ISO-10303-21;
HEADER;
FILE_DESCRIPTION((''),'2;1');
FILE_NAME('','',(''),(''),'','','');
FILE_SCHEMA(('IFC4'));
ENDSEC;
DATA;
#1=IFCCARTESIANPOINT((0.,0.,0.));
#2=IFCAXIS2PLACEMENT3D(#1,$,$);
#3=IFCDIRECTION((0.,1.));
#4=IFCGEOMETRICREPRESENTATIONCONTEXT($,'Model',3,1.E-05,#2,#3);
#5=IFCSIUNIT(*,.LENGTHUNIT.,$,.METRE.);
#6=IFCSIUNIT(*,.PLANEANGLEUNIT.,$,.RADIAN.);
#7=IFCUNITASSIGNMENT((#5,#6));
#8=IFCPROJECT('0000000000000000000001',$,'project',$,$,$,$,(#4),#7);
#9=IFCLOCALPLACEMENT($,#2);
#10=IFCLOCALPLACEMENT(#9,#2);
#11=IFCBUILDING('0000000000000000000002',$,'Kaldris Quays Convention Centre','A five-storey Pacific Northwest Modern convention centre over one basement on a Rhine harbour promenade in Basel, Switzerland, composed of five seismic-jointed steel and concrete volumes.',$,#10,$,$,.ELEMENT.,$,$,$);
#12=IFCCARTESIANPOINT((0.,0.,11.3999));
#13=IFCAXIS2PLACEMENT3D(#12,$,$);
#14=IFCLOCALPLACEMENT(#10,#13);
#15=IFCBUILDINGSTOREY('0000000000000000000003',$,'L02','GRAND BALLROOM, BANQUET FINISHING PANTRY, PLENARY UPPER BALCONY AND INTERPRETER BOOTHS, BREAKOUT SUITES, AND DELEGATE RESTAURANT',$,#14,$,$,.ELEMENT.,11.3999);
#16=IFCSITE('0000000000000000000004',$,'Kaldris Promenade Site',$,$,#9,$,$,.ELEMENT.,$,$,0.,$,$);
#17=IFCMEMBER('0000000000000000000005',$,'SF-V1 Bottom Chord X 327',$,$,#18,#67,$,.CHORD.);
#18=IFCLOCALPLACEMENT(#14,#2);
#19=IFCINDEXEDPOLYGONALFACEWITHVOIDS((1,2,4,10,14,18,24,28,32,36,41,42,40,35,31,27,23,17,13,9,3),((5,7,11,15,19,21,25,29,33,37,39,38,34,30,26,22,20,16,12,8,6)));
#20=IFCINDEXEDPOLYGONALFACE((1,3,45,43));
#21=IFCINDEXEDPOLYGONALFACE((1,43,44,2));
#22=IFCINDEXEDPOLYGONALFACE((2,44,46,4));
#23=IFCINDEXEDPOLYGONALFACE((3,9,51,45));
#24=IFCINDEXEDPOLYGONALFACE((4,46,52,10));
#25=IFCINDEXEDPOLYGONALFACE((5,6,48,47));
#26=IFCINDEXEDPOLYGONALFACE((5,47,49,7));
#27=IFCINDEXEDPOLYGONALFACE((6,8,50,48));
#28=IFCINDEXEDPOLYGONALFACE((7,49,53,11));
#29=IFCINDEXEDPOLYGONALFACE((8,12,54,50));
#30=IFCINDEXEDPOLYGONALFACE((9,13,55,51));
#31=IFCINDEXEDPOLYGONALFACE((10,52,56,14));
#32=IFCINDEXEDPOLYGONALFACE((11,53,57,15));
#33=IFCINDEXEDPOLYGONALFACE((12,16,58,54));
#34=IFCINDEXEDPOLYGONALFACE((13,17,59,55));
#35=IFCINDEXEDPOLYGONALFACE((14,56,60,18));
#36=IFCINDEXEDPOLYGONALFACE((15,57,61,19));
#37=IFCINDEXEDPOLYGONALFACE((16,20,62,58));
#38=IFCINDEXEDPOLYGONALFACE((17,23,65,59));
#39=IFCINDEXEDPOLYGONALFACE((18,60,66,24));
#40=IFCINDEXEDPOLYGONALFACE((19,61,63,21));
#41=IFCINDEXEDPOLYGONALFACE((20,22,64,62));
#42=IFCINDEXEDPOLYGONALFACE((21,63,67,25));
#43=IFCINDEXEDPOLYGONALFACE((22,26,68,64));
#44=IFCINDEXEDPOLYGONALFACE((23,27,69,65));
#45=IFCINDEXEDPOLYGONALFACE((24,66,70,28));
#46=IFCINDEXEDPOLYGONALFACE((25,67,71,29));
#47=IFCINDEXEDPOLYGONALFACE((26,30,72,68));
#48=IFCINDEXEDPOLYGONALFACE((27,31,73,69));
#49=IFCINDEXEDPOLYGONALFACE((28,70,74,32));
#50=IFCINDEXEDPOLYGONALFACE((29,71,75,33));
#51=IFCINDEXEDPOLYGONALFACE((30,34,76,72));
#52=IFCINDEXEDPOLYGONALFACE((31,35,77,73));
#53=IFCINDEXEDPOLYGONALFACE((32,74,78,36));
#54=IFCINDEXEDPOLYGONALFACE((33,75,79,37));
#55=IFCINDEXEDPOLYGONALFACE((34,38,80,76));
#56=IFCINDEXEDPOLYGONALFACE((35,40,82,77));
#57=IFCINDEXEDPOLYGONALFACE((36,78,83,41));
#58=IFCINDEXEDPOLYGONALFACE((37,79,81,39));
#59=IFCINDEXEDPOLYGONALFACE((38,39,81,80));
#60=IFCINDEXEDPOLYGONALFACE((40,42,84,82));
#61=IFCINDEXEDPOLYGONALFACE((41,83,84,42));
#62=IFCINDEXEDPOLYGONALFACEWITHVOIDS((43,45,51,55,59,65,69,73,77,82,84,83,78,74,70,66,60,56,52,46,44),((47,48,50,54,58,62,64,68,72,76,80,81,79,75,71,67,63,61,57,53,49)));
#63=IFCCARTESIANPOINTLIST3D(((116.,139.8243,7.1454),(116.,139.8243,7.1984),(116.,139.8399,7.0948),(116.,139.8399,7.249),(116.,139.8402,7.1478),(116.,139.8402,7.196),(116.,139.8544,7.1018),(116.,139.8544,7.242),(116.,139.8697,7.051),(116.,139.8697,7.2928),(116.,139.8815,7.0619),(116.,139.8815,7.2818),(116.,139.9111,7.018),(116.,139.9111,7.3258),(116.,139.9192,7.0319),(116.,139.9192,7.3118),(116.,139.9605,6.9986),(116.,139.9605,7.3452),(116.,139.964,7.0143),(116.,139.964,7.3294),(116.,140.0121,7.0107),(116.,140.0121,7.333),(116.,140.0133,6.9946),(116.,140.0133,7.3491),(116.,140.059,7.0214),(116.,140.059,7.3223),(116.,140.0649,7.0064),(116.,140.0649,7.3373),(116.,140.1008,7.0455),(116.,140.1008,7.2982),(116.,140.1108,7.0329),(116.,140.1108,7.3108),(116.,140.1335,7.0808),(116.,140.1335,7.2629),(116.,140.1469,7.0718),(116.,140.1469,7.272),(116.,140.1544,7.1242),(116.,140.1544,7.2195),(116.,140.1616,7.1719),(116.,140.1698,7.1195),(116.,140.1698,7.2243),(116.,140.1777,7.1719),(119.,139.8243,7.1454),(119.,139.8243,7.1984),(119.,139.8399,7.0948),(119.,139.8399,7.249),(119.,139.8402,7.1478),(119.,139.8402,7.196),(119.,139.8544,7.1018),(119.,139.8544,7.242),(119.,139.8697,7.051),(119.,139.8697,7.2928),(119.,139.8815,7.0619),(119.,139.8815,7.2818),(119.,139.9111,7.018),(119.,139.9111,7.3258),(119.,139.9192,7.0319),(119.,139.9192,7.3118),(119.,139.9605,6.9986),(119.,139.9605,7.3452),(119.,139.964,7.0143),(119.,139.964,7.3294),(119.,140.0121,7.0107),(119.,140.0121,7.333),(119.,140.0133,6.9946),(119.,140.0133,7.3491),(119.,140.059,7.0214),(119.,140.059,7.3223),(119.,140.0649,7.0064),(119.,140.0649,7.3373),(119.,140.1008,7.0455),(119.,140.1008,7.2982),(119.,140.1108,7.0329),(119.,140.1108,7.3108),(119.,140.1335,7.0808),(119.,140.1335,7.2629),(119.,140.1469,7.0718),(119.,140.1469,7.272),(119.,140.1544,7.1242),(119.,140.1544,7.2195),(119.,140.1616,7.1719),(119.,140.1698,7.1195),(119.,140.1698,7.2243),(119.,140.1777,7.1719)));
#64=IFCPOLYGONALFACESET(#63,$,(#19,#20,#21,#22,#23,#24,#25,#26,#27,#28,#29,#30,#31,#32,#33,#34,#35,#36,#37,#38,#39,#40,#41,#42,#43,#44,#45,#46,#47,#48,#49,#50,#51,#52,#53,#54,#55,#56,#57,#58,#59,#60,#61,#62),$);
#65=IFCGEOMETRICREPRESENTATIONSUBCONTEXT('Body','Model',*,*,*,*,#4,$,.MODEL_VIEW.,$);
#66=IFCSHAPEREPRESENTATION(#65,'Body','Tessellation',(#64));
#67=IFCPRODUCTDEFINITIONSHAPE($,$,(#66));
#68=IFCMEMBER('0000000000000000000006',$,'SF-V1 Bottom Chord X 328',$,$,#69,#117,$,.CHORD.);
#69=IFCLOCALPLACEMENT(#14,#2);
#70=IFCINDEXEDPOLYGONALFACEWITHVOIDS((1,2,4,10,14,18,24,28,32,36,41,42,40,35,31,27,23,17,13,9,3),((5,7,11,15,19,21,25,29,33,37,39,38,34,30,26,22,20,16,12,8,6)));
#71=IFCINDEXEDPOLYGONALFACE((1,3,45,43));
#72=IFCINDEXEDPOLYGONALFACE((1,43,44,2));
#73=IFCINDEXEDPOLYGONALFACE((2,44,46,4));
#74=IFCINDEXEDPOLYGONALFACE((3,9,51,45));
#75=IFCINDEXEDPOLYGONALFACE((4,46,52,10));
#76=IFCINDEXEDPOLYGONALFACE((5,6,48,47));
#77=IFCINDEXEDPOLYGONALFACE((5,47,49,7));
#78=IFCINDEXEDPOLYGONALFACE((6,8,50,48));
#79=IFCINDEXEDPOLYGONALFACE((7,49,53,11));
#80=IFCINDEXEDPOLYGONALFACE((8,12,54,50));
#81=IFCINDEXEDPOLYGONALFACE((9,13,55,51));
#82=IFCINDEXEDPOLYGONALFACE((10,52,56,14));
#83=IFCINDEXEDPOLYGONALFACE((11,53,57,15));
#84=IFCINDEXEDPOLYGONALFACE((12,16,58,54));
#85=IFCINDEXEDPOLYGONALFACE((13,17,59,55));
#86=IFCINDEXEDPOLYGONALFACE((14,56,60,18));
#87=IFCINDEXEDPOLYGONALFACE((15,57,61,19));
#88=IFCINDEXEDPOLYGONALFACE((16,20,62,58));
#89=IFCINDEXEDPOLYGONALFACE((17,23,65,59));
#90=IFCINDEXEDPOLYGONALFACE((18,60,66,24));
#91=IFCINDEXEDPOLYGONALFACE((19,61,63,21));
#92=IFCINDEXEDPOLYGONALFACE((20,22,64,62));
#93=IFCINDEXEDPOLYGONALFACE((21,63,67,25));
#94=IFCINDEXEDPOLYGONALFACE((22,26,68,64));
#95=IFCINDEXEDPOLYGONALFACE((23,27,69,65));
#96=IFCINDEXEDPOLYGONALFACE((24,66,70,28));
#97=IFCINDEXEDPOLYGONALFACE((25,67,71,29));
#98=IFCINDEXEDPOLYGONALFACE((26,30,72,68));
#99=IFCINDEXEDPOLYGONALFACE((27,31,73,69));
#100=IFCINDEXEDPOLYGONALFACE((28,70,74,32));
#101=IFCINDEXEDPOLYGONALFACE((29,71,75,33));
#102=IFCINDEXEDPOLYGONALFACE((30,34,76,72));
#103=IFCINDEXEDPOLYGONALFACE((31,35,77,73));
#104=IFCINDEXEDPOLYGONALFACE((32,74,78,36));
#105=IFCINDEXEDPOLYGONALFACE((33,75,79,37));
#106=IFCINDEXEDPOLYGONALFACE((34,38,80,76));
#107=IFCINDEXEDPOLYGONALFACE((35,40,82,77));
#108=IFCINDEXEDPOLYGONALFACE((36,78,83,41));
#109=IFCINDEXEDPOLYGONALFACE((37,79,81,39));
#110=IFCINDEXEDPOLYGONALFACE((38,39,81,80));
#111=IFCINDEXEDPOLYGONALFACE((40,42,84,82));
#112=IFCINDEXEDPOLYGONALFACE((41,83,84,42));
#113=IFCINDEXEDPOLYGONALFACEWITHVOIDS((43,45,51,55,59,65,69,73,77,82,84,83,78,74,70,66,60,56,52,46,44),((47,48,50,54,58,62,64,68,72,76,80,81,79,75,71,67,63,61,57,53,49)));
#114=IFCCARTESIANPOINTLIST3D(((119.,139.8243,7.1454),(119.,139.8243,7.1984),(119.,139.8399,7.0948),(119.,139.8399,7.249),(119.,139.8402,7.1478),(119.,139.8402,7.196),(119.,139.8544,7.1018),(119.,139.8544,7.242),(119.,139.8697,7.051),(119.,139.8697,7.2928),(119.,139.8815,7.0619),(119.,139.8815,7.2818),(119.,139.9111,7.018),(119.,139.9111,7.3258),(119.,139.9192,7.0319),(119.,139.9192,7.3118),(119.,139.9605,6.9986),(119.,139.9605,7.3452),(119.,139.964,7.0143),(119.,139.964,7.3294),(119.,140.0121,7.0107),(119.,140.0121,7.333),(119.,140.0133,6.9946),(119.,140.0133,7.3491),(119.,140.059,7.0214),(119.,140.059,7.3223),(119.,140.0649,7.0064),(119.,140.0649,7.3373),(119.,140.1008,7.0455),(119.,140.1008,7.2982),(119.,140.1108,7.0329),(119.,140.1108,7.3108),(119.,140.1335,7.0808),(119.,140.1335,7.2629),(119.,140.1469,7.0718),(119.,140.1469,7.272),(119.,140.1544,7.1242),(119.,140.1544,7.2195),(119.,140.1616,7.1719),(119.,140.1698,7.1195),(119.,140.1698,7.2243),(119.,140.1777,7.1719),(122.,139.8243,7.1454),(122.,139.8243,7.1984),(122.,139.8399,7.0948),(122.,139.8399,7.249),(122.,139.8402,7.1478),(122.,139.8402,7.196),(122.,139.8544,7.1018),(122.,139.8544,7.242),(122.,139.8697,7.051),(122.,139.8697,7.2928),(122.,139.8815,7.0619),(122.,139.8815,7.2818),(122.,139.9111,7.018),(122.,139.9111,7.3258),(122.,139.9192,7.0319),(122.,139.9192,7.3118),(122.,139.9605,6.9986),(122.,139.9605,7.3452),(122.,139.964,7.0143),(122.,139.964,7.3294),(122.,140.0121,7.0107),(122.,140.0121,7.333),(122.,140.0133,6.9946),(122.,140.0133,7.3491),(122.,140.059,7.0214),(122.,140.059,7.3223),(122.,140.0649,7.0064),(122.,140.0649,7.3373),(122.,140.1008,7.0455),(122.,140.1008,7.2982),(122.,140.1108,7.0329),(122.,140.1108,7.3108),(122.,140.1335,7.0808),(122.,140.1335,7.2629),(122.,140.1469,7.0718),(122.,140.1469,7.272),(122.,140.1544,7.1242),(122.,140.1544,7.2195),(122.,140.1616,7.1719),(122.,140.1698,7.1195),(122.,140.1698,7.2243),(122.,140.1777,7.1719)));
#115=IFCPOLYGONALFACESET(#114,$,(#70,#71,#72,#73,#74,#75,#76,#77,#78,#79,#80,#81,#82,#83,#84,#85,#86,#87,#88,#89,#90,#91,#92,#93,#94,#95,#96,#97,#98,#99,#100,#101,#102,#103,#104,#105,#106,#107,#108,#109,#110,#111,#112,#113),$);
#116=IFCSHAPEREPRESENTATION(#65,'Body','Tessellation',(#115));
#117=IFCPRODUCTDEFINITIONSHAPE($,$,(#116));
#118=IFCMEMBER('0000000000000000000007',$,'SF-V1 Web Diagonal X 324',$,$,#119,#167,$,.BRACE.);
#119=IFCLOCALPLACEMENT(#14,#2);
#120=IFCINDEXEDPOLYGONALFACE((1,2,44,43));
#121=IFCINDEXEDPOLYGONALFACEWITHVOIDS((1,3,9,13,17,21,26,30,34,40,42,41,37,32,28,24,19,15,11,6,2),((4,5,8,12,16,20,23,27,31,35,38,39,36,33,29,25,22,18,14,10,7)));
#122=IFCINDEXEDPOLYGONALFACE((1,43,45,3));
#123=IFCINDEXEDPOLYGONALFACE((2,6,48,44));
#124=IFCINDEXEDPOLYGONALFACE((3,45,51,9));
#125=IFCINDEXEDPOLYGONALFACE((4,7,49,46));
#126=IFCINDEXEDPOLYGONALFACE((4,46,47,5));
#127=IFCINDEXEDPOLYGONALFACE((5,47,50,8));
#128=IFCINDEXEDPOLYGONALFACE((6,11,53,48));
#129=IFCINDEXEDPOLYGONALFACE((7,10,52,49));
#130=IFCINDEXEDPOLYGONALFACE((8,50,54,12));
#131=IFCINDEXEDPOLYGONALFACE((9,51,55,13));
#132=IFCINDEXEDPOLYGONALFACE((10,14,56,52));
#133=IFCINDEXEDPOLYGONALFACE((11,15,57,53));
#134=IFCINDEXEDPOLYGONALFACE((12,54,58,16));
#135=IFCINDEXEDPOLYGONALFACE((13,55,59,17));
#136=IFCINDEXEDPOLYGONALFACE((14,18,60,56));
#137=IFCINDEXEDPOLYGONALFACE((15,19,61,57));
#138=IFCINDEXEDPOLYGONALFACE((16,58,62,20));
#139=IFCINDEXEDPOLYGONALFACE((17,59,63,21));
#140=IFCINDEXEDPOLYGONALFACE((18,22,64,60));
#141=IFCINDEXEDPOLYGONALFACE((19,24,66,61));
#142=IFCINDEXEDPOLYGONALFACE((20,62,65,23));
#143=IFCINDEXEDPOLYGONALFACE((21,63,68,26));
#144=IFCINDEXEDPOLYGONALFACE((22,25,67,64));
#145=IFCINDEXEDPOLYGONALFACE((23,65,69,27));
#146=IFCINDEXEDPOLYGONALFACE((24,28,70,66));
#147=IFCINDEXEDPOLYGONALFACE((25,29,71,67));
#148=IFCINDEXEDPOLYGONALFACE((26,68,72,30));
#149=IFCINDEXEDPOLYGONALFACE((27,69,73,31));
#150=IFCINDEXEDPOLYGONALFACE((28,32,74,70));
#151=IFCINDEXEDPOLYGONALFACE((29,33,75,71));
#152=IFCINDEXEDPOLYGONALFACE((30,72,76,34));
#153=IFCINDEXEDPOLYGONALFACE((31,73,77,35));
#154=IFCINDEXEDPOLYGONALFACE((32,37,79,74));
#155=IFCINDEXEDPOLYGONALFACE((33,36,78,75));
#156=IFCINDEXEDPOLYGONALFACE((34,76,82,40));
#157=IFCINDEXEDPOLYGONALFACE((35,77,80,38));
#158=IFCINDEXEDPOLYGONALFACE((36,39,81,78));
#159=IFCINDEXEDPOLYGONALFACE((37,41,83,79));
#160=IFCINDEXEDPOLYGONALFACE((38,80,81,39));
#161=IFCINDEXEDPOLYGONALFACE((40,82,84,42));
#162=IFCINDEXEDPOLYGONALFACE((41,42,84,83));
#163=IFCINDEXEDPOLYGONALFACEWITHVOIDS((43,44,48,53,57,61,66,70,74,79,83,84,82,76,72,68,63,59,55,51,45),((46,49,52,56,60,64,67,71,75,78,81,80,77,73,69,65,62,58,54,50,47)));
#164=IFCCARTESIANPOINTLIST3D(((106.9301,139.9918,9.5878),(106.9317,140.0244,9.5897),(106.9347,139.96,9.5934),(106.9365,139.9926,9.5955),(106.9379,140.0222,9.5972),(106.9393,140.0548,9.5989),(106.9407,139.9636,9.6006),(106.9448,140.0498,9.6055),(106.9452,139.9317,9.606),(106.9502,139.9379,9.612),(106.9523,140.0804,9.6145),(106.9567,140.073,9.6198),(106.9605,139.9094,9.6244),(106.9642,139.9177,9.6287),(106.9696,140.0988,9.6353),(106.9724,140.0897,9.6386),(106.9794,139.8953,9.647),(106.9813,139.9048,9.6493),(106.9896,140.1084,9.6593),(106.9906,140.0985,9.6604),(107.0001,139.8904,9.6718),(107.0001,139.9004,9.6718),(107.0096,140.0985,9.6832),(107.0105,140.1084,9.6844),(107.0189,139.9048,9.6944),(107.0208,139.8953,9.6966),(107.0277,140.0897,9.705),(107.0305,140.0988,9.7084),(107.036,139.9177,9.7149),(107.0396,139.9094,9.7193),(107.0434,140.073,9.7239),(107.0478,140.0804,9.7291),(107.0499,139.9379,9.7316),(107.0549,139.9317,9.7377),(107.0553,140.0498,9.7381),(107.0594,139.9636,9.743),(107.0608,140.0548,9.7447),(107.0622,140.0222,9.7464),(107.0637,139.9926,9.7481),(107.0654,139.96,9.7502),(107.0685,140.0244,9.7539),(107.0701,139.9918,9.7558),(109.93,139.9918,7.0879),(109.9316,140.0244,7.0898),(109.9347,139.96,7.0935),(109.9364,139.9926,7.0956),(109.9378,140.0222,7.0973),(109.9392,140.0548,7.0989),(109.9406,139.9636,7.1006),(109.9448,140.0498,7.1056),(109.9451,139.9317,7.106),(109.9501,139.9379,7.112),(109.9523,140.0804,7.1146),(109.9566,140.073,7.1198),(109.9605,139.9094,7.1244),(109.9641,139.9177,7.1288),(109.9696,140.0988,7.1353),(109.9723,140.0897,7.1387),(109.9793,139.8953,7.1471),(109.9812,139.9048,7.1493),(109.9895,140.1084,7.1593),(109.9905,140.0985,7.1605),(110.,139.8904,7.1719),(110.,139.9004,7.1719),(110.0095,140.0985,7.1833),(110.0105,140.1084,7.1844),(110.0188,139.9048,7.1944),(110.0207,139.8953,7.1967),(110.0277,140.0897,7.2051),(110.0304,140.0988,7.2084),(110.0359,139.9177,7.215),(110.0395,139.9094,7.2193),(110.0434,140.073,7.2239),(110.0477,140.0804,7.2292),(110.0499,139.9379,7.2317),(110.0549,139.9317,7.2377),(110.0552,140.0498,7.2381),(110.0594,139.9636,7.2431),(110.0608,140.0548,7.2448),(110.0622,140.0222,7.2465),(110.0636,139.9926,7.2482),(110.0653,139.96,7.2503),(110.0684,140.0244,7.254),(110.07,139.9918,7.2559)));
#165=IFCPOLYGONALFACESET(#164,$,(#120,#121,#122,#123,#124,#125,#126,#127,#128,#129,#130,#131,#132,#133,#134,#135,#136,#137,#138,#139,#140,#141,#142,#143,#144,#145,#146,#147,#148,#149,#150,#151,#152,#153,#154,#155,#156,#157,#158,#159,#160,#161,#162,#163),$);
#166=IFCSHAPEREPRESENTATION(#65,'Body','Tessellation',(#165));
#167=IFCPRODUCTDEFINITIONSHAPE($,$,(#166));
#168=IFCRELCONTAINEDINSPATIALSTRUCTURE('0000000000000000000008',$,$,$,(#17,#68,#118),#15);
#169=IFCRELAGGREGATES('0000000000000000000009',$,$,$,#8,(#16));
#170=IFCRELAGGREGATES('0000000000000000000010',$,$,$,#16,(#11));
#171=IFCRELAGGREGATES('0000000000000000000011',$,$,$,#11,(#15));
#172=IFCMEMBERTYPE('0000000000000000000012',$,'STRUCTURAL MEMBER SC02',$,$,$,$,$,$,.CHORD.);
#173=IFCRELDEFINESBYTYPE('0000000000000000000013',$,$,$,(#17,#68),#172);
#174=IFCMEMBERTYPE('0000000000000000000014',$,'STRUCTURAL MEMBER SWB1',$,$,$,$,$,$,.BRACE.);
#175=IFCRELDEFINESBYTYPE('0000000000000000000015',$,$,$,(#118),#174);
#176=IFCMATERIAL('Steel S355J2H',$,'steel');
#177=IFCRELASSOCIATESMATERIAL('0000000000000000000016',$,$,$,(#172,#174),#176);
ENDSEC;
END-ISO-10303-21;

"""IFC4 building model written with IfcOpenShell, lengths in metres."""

from ifc_helpers import new_model, si_unit, direction, frame, origin, origin_2d, place, context, subcontext, project, spatial, hollow_circle, extrude, material, material_profile, profile_set, type_object, element, save


model = new_model("IFC4")

# Units and contexts
model_context = context("Model", 3, precision=1e-05, world=origin(), true_north=direction((0.0, 1.0)))
body_context = subcontext(model_context, "Body", "Model", "MODEL_VIEW")
ifc_project = project(units=[si_unit("LENGTHUNIT", "METRE"), si_unit("PLANEANGLEUNIT", "RADIAN")], contexts=[model_context])

# Site, building, storey
site_placement = place(None, origin())
site = spatial("IfcSite", under=ifc_project, at=site_placement, Name="Kaldris Promenade Site", CompositionType="ELEMENT", RefElevation=0.0)
building_placement = place(site_placement, origin())
building = spatial("IfcBuilding", under=site, at=building_placement, Name="Kaldris Quays Convention Centre", Description="A five-storey Pacific Northwest Modern convention centre over one basement on a Rhine harbour promenade in Basel, Switzerland, composed of five seismic-jointed steel and concrete volumes.", CompositionType="ELEMENT")
storey_placement = place(building_placement, frame((0.0, 0.0, 11.3999)))
storey = spatial("IfcBuildingStorey", under=building, at=storey_placement, Name="L02", Description="GRAND BALLROOM, BANQUET FINISHING PANTRY, PLENARY UPPER BALCONY AND INTERPRETER BOOTHS, BREAKOUT SUITES, AND DELEGATE RESTAURANT", CompositionType="ELEMENT", Elevation=11.3999)

# Members
ifc_material_1 = material(Name="Steel S355J2H", Category="steel")
ifc_material_profile_1 = material_profile(ifc_material_1, hollow_circle(Radius=0.1777, WallThickness=0.0161, at=origin_2d()), Name="CHS 355.6x16")
ifc_profile_set_1 = profile_set([ifc_material_profile_1], Name="Steel S355J2H")
member_type_1 = type_object("IfcMemberType", Name="STRUCTURAL MEMBER SC02", PredefinedType="CHORD", material=ifc_profile_set_1)
for number, where, z_axis, x_axis, name in (
    (1, (116.0, 140.0, 7.1719), (1.0, 0.0, 0.0), (0.0, 1.0, 0.0), "SF-V1 Bottom Chord X 327"),
    (2, (119.0, 140.0, 7.1719), (1.0, 0.0, 0.0), (0.0, 1.0, 0.0), "SF-V1 Bottom Chord X 328"),
):
    element("IfcMember", number, at=place(storey_placement, frame(where, z_axis=z_axis, x_axis=x_axis)), inside=storey, type_object=member_type_1, Name=name, PredefinedType="CHORD", context=body_context, shape_type="SweptSolid", body=[
        extrude(hollow_circle(Radius=0.1777, WallThickness=0.0161, at=origin_2d()), origin(), (0.0, 0.0, 1.0), 3.0),
    ])
ifc_material_profile_2 = material_profile(ifc_material_1, hollow_circle(Radius=0.1096, WallThickness=0.01, at=origin_2d()), Name="CHS 219.1x10")
ifc_profile_set_2 = profile_set([ifc_material_profile_2], Name="Steel S355J2H")
member_type_2 = type_object("IfcMemberType", Name="STRUCTURAL MEMBER SWB1", PredefinedType="BRACE", material=ifc_profile_set_2)
for number, where, z_axis, x_axis, name in (
    (3, (110.0, 140.0, 7.1719), (-0.768221, 0.0, 0.640184), (0.0, -1.0, 0.0), "SF-V1 Web Diagonal X 324"),
):
    element("IfcMember", number, at=place(storey_placement, frame(where, z_axis=z_axis, x_axis=x_axis)), inside=storey, type_object=member_type_2, Name=name, PredefinedType="BRACE", context=body_context, shape_type="SweptSolid", body=[
        extrude(hollow_circle(Radius=0.1096, WallThickness=0.01, at=origin_2d()), origin(), (0.0, 0.0, 1.0), 3.905),
    ])

save(model, "model.ifc")
